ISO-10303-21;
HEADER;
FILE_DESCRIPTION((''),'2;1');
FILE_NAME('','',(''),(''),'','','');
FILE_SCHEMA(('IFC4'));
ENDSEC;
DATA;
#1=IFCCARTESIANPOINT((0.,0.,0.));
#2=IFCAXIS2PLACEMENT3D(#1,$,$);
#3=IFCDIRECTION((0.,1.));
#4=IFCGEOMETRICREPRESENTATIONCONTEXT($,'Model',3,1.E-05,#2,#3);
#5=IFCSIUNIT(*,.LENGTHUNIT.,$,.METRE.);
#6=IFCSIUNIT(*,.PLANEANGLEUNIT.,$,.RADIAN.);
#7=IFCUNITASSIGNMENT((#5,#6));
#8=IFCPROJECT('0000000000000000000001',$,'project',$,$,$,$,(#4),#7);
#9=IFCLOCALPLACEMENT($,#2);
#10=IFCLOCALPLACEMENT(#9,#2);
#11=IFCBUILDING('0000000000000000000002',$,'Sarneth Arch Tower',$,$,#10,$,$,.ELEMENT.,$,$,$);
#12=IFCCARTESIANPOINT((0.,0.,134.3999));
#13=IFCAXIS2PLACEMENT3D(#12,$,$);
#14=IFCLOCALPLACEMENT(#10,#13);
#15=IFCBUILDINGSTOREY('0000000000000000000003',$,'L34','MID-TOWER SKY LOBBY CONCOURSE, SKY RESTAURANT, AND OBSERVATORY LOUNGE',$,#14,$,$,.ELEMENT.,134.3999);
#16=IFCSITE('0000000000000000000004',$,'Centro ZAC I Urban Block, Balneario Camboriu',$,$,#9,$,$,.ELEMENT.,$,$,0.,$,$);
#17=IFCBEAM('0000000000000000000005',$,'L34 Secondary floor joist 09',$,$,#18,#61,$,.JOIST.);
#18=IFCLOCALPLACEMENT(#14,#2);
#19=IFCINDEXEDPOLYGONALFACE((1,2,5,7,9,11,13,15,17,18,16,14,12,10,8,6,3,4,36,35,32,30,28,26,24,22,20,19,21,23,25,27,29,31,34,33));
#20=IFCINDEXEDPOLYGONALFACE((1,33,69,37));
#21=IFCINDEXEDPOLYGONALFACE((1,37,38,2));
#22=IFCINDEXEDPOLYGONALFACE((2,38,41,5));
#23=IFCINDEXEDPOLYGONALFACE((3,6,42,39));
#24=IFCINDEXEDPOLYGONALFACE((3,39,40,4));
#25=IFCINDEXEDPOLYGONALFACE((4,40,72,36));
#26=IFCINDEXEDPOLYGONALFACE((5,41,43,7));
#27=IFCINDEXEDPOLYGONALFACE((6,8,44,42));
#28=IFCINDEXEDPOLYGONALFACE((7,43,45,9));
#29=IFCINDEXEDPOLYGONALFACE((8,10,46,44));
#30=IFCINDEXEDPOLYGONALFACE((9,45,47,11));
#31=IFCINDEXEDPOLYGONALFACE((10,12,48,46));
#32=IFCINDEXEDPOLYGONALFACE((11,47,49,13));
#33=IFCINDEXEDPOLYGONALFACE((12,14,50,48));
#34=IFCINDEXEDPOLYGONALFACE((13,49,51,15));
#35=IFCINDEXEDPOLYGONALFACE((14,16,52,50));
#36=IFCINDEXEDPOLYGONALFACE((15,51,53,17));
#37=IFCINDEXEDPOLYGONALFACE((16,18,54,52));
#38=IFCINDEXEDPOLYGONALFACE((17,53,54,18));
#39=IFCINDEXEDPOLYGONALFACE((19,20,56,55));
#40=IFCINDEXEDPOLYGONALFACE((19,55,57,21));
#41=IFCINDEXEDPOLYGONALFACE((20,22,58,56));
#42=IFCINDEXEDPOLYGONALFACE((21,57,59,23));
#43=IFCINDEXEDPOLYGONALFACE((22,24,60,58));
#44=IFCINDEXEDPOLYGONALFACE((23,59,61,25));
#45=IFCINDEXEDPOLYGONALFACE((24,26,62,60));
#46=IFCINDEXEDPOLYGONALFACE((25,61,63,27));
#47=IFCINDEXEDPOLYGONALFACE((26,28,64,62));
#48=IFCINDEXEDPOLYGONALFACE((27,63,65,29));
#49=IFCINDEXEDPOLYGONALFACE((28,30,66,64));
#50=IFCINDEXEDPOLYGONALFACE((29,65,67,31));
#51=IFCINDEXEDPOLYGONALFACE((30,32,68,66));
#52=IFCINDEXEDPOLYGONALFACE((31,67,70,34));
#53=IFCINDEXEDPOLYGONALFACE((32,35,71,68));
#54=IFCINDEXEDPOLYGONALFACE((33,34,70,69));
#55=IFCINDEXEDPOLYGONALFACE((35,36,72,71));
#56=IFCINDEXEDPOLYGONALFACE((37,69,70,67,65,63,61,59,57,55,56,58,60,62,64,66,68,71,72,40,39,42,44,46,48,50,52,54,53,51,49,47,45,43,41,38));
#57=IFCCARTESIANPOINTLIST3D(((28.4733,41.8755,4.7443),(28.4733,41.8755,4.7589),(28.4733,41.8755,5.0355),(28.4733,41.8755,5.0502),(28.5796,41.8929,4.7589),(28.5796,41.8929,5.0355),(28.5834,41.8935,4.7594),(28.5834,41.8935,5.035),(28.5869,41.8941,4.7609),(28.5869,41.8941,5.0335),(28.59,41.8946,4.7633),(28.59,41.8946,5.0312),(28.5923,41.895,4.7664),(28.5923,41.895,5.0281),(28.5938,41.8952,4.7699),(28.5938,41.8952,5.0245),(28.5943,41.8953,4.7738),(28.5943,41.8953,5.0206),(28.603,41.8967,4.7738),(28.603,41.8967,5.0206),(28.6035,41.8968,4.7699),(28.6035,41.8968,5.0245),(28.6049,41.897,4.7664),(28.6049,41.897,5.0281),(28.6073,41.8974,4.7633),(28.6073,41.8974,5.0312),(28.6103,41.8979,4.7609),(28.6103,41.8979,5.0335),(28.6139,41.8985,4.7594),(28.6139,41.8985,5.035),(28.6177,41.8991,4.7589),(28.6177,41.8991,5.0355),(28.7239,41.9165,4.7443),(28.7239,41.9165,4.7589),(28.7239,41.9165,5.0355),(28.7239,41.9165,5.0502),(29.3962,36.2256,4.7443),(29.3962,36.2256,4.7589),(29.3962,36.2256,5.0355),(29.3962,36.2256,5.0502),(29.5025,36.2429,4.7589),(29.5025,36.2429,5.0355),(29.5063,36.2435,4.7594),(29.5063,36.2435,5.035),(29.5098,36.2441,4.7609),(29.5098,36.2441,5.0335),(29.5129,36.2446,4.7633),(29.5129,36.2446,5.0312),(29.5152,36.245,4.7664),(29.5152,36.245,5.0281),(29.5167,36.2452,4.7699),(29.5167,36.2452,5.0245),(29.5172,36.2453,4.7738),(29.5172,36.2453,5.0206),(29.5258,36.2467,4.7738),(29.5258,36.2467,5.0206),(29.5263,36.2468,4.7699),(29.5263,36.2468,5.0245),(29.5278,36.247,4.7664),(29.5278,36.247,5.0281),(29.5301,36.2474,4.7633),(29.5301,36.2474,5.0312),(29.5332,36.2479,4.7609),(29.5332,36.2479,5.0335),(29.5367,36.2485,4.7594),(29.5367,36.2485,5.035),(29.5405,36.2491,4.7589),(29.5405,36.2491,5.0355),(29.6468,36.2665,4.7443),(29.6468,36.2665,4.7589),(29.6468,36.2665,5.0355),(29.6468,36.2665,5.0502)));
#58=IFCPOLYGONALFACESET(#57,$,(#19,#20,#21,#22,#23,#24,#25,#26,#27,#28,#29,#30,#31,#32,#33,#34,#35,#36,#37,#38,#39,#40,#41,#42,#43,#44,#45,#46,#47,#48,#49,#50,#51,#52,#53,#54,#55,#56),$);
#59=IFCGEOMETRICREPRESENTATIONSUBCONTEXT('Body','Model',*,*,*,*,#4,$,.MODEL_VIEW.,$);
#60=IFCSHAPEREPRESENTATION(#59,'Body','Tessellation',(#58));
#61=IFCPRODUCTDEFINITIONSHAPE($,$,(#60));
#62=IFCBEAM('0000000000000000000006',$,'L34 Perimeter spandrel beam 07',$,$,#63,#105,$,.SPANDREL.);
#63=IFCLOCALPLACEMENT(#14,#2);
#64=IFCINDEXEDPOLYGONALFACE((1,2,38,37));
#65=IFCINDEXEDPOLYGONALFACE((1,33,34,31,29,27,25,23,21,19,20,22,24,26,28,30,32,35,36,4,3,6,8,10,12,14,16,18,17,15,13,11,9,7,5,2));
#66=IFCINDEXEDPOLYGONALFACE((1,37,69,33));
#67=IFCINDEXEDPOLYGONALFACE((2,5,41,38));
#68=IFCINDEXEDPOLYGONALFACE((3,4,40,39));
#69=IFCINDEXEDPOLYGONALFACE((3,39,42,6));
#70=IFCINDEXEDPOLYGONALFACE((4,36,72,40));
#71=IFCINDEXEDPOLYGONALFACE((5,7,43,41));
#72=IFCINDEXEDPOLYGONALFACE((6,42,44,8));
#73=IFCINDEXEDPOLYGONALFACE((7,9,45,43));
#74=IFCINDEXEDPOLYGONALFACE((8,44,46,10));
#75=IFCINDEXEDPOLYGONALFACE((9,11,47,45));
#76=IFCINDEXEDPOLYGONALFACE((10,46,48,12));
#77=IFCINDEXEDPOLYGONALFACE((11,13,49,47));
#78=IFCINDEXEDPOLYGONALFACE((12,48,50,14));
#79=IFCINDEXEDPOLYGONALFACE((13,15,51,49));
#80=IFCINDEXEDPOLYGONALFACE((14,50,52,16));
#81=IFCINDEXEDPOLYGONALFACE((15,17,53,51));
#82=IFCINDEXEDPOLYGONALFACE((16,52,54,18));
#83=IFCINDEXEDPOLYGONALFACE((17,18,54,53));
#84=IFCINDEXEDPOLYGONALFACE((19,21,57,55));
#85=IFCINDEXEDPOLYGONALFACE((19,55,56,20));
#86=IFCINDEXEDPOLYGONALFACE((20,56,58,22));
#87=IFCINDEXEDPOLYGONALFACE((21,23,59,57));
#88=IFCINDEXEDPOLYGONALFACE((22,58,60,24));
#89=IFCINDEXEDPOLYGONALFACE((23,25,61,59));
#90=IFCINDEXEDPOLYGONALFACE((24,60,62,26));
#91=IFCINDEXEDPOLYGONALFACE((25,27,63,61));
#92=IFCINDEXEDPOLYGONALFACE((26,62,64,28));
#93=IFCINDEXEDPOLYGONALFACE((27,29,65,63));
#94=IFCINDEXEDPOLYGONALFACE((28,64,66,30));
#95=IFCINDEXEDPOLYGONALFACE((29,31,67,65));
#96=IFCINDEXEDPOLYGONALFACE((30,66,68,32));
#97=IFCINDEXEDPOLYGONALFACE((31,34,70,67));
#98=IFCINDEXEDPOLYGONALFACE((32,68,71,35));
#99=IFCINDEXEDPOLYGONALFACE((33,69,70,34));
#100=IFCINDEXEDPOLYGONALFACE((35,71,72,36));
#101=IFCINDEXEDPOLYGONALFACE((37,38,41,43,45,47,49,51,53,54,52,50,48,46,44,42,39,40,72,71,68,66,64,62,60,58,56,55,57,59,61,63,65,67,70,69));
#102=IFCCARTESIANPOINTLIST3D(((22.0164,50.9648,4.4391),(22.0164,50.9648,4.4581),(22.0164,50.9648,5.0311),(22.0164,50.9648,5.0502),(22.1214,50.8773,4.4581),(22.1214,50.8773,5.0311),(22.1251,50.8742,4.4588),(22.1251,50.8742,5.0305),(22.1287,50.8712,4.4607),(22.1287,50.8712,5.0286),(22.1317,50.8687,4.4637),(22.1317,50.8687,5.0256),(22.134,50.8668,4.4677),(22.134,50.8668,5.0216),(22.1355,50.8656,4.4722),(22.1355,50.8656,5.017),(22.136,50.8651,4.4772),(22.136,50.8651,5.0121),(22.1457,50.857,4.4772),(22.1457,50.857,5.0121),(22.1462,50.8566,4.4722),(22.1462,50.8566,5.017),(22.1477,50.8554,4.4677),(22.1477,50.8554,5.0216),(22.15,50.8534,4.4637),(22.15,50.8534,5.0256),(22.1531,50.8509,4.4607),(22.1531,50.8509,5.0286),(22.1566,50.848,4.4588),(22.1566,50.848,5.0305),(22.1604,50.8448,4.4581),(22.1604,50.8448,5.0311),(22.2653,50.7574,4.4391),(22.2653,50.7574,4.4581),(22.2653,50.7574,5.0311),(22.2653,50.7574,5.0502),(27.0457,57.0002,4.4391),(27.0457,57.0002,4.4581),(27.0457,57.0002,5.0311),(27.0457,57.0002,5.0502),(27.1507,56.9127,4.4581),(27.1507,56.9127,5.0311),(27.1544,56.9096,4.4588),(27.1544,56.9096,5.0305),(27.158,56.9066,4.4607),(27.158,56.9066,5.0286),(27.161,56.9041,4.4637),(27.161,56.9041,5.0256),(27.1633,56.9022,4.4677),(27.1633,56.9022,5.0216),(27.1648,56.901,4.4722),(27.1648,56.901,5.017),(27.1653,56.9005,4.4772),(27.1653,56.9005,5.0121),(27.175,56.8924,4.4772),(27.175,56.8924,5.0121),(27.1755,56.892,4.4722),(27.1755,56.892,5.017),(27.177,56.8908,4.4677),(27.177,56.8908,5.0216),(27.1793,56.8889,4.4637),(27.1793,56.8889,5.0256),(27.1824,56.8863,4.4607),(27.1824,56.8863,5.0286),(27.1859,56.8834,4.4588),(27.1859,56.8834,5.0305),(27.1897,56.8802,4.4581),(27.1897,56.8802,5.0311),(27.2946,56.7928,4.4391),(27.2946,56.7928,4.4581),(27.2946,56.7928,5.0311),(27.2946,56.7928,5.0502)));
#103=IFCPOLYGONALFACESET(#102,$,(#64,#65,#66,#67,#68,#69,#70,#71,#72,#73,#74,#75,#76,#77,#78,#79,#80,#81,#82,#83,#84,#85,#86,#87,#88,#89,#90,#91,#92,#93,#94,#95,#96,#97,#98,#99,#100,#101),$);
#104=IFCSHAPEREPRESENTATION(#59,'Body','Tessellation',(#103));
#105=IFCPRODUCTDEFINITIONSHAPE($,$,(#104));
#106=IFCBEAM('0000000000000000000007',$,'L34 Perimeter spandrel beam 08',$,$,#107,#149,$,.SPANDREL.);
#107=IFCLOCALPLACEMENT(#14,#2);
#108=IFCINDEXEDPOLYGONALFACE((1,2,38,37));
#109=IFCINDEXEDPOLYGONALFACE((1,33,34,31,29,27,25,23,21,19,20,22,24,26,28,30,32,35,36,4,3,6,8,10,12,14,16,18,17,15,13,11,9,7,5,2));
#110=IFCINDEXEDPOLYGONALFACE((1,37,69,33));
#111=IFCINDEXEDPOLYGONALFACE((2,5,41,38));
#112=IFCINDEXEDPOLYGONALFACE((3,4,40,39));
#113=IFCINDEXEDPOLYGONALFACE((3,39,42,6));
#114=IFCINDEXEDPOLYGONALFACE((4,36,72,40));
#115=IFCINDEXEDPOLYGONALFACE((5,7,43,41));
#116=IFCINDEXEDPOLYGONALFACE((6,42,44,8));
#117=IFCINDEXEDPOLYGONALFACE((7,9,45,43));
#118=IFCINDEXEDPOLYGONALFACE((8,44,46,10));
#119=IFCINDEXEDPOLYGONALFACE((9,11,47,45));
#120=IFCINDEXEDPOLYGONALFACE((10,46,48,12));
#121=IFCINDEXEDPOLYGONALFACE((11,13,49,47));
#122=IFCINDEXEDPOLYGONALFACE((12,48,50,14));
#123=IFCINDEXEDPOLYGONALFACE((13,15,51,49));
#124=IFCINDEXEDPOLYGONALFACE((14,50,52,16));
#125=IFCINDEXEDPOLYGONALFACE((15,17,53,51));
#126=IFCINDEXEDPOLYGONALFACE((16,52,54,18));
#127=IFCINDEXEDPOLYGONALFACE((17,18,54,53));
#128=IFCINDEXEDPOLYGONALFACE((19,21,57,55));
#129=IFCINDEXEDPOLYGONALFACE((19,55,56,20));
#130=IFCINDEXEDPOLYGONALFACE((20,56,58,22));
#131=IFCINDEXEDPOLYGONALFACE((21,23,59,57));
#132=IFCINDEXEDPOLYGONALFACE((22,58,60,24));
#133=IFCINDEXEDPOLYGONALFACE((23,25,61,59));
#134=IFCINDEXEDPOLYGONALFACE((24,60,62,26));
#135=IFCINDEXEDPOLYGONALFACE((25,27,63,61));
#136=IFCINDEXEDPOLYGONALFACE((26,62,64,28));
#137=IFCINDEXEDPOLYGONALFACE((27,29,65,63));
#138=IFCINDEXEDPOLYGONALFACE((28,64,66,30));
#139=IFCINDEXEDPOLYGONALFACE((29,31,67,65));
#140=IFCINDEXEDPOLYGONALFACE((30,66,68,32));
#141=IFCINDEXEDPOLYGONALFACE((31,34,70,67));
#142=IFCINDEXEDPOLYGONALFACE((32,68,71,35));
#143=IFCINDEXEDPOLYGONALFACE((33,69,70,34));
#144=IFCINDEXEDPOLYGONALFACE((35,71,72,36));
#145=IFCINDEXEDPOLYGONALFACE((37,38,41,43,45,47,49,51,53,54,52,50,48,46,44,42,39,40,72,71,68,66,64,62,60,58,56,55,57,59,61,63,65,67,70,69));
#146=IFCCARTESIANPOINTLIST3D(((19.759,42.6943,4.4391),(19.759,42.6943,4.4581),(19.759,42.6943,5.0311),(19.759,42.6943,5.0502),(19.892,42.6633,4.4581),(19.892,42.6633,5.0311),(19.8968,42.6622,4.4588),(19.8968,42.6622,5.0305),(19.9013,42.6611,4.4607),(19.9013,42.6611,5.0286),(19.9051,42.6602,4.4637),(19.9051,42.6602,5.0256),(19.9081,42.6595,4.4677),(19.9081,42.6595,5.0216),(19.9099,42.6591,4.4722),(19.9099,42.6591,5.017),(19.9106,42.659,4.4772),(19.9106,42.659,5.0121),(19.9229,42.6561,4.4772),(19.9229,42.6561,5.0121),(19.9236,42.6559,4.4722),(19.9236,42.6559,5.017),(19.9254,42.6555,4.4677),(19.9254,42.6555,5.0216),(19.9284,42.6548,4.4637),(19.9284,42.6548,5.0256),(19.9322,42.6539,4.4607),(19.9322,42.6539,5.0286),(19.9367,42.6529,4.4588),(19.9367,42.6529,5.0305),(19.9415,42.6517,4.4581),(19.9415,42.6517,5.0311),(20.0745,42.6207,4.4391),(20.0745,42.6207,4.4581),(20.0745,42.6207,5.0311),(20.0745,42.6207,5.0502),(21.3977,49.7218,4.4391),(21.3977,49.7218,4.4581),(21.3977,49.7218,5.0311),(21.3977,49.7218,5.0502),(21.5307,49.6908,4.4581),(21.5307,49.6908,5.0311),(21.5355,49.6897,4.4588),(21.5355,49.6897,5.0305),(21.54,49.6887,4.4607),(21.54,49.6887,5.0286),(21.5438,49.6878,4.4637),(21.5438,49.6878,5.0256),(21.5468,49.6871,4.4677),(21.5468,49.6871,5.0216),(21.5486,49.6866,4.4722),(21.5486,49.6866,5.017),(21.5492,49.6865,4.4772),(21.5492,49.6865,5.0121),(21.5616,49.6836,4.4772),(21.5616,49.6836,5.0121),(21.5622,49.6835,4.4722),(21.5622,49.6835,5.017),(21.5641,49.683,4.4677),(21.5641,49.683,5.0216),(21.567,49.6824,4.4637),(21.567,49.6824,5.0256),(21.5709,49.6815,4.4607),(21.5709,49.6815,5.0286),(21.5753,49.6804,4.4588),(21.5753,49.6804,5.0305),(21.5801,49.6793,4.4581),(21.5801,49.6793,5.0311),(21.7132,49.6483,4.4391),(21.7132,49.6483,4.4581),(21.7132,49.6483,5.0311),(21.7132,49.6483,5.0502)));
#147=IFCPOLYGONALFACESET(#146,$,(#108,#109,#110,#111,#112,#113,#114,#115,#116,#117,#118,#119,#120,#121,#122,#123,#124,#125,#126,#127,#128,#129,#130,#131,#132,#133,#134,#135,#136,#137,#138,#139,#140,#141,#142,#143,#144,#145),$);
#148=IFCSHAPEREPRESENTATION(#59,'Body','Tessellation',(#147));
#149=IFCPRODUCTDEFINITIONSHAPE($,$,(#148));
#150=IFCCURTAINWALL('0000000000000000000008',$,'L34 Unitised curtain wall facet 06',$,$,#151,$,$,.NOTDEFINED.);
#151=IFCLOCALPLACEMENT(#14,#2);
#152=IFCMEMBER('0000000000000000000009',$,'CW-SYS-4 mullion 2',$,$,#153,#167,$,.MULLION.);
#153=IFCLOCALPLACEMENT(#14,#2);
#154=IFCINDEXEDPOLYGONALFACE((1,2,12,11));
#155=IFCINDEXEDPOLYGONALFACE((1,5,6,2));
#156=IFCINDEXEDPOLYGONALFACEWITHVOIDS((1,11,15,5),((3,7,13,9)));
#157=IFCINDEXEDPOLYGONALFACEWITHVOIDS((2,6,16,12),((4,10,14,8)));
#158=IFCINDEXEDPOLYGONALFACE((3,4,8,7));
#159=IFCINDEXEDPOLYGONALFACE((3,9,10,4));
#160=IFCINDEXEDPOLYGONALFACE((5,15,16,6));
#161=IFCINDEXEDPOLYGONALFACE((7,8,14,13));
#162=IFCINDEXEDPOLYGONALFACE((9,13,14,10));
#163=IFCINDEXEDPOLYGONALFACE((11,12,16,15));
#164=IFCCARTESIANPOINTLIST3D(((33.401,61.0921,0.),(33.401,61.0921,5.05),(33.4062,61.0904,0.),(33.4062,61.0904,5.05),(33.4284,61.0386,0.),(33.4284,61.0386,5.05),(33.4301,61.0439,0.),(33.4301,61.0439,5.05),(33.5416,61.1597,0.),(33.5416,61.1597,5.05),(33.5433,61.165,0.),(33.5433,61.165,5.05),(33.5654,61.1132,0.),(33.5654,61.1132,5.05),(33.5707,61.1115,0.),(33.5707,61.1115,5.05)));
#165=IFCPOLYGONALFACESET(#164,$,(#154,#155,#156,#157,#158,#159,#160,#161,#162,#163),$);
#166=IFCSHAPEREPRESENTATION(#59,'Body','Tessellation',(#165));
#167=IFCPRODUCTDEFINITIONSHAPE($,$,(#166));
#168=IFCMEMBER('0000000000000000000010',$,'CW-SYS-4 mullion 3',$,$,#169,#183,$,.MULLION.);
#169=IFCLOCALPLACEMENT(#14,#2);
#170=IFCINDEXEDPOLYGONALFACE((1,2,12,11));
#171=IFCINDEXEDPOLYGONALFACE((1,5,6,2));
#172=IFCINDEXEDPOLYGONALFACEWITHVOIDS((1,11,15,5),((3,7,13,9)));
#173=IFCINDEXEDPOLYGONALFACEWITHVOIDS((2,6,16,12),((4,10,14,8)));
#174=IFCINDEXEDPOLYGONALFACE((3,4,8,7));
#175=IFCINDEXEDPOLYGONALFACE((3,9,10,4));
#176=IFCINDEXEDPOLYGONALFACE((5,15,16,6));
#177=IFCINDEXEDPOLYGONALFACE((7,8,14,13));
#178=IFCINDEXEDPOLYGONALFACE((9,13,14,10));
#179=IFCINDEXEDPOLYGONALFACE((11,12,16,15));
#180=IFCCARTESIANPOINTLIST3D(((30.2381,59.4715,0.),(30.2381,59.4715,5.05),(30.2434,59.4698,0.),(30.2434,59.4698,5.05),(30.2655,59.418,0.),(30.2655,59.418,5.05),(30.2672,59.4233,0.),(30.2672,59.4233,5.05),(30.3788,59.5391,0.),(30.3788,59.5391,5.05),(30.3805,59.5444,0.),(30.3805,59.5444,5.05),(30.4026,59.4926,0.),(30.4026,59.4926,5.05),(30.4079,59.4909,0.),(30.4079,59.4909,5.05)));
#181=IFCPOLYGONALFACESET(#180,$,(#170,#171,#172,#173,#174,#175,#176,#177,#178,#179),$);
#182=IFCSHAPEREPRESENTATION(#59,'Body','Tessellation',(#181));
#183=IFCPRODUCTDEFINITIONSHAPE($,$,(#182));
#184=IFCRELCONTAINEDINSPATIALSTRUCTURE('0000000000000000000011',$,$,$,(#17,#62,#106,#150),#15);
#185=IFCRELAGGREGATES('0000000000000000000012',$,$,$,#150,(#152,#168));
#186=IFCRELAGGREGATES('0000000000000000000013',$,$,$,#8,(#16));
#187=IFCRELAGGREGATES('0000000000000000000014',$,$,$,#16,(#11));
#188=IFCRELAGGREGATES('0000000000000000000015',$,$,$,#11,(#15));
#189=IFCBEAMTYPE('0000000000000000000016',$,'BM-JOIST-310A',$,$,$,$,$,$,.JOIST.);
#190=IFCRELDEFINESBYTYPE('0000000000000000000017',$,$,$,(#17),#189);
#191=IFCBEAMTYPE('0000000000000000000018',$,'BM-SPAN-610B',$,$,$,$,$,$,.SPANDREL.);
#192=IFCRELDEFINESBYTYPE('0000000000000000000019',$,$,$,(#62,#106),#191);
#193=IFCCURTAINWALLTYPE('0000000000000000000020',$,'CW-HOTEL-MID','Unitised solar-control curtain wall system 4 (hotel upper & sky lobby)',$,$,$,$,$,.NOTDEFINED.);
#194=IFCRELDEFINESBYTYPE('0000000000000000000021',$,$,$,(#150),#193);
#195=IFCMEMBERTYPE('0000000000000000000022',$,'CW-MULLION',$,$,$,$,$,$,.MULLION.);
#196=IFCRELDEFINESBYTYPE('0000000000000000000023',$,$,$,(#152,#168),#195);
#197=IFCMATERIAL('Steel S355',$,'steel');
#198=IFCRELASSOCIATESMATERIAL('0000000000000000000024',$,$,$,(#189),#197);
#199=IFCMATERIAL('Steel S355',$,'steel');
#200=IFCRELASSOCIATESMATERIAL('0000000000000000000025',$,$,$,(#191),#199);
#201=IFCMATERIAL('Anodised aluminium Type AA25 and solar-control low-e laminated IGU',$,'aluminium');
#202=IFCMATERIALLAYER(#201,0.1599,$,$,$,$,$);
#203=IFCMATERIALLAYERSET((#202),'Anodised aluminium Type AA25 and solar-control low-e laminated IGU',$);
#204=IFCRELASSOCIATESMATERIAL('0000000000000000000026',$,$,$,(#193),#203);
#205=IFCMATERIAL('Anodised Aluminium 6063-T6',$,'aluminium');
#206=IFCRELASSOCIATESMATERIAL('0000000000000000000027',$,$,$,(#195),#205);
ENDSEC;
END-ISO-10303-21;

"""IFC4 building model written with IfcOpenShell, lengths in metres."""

from ifc_helpers import new_model, si_unit, direction, frame, origin, origin_2d, place, context, subcontext, project, spatial, hollow_rectangle, i_section, extrude, material, layer, layer_set, material_profile, profile_set, type_object, element, aggregate, save


model = new_model("IFC4")

# Units and contexts
model_context = context("Model", 3, precision=1e-05, world=origin(), true_north=direction((0.0, 1.0)))
body_context = subcontext(model_context, "Body", "Model", "MODEL_VIEW")
ifc_project = project(units=[si_unit("LENGTHUNIT", "METRE"), si_unit("PLANEANGLEUNIT", "RADIAN")], contexts=[model_context])

# Site, building, storey
site_placement = place(None, origin())
site = spatial("IfcSite", under=ifc_project, at=site_placement, Name="Centro ZAC I Urban Block, Balneario Camboriu", CompositionType="ELEMENT", RefElevation=0.0)
building_placement = place(site_placement, origin())
building = spatial("IfcBuilding", under=site, at=building_placement, Name="Sarneth Arch Tower", CompositionType="ELEMENT")
storey_placement = place(building_placement, frame((0.0, 0.0, 134.3999)))
storey = spatial("IfcBuildingStorey", under=building, at=storey_placement, Name="L34", Description="MID-TOWER SKY LOBBY CONCOURSE, SKY RESTAURANT, AND OBSERVATORY LOUNGE", CompositionType="ELEMENT", Elevation=134.3999)

# Beams
ifc_material_1 = material(Name="Steel S355", Category="steel")
ifc_material_profile_1 = material_profile(ifc_material_1, i_section(OverallWidth=0.2539, OverallDepth=0.3059, WebThickness=0.0088, FlangeThickness=0.0146, FilletRadius=0.0149, at=origin_2d()), Name="W310x79")
ifc_profile_set_1 = profile_set([ifc_material_profile_1], Name="Steel S355")
beam_type_1 = type_object("IfcBeamType", Name="BM-JOIST-310A", PredefinedType="JOIST", material=ifc_profile_set_1)
for number, where, z_axis, x_axis, name in (
    (1, (28.5986, 41.896, 4.8972), (0.161203, -0.986921, 0.0), (0.986921, 0.161203, 0.0), "L34 Secondary floor joist 09"),
):
    element("IfcBeam", number, at=place(storey_placement, frame(where, z_axis=z_axis, x_axis=x_axis)), inside=storey, type_object=beam_type_1, Name=name, PredefinedType="JOIST", context=body_context, shape_type="SweptSolid", body=[
        extrude(i_section(OverallWidth=0.2539, OverallDepth=0.3059, WebThickness=0.0088, FlangeThickness=0.0146, FilletRadius=0.0149, at=origin_2d()), origin(), (0.0, 0.0, 1.0), 5.7249),
    ])
ifc_material_2 = material(Name="Steel S355", Category="steel")
ifc_material_profile_2 = material_profile(ifc_material_2, i_section(OverallWidth=0.324, OverallDepth=0.6111, WebThickness=0.0127, FlangeThickness=0.019, FilletRadius=0.019, at=origin_2d()), Name="W610x155")
ifc_profile_set_2 = profile_set([ifc_material_profile_2], Name="Steel S355")
beam_type_2 = type_object("IfcBeamType", Name="BM-SPAN-610B", PredefinedType="SPANDREL", material=ifc_profile_set_2)
beam_1_placement = place(storey_placement, frame((27.1702, 56.8965, 4.7446), z_axis=(-0.640169, -0.768234, 0.0), x_axis=(0.768234, -0.640169, 0.0)))
element("IfcBeam", 2, at=beam_1_placement, inside=storey, type_object=beam_type_2, Name="L34 Perimeter spandrel beam 07", PredefinedType="SPANDREL", context=body_context, shape_type="SweptSolid", body=[
    extrude(i_section(OverallWidth=0.324, OverallDepth=0.6111, WebThickness=0.0127, FlangeThickness=0.019, FilletRadius=0.019, at=origin_2d()), origin(), (0.0, 0.0, 1.0), 7.8562),
])
beam_2_placement = place(storey_placement, frame((21.5554, 49.6851, 4.7446), z_axis=(-0.227085, -0.973875, 0.0), x_axis=(0.973875, -0.227085, 0.0)))
element("IfcBeam", 3, at=beam_2_placement, inside=storey, type_object=beam_type_2, Name="L34 Perimeter spandrel beam 08", PredefinedType="SPANDREL", context=body_context, shape_type="SweptSolid", body=[
    extrude(i_section(OverallWidth=0.324, OverallDepth=0.6111, WebThickness=0.0127, FlangeThickness=0.019, FilletRadius=0.019, at=origin_2d()), origin(), (0.0, 0.0, 1.0), 7.2161),
])

# Curtain wall, members
ifc_material_3 = material(Name="Anodised aluminium Type AA25 and solar-control low-e laminated IGU", Category="aluminium")
ifc_layer_1 = layer(ifc_material_3, 0.1599)
ifc_layer_set_1 = layer_set([ifc_layer_1], Name="Anodised aluminium Type AA25 and solar-control low-e laminated IGU")
curtain_wall_type = type_object("IfcCurtainWallType", Name="CW-HOTEL-MID", Description="Unitised solar-control curtain wall system 4 (hotel upper & sky lobby)", PredefinedType="NOTDEFINED", material=ifc_layer_set_1)
curtain_wall_placement = place(storey_placement, origin())
curtain_wall = element("IfcCurtainWall", 4, at=curtain_wall_placement, inside=storey, type_object=curtain_wall_type, Name="L34 Unitised curtain wall facet 06", PredefinedType="NOTDEFINED")
ifc_material_4 = material(Name="Anodised Aluminium 6063-T6", Category="aluminium")
ifc_material_profile_3 = material_profile(ifc_material_4, hollow_rectangle(XDim=0.0601, YDim=0.1599, WallThickness=0.0039, at=origin_2d()), Name="AL-MULL-160x60x4")
ifc_profile_set_3 = profile_set([ifc_material_profile_3], Name="Anodised Aluminium 6063-T6")
member_type_1 = type_object("IfcMemberType", Name="CW-MULLION", PredefinedType="MULLION", material=ifc_profile_set_3)
member_1_placement = place(storey_placement, frame((33.4858, 61.1018, 0.0), z_axis=(0.0, 0.0, 1.0), x_axis=(0.456031, -0.889964, 0.0)))
member_1 = element("IfcMember", 5, at=member_1_placement, type_object=member_type_1, Name="CW-SYS-4 mullion 2", PredefinedType="MULLION", context=body_context, shape_type="SweptSolid", body=[
    extrude(hollow_rectangle(XDim=0.0601, YDim=0.1599, WallThickness=0.0039, at=origin_2d()), origin(), (0.0, 0.0, 1.0), 5.05),
])
member_2_placement = place(storey_placement, frame((30.323, 59.4812, 0.0), z_axis=(0.0, 0.0, 1.0), x_axis=(0.456031, -0.889964, 0.0)))
member_2 = element("IfcMember", 6, at=member_2_placement, type_object=member_type_1, Name="CW-SYS-4 mullion 3", PredefinedType="MULLION", context=body_context, shape_type="SweptSolid", body=[
    extrude(hollow_rectangle(XDim=0.0601, YDim=0.1599, WallThickness=0.0039, at=origin_2d()), origin(), (0.0, 0.0, 1.0), 5.05),
])

aggregate(curtain_wall, [member_1, member_2])

save(model, "model.ifc")
